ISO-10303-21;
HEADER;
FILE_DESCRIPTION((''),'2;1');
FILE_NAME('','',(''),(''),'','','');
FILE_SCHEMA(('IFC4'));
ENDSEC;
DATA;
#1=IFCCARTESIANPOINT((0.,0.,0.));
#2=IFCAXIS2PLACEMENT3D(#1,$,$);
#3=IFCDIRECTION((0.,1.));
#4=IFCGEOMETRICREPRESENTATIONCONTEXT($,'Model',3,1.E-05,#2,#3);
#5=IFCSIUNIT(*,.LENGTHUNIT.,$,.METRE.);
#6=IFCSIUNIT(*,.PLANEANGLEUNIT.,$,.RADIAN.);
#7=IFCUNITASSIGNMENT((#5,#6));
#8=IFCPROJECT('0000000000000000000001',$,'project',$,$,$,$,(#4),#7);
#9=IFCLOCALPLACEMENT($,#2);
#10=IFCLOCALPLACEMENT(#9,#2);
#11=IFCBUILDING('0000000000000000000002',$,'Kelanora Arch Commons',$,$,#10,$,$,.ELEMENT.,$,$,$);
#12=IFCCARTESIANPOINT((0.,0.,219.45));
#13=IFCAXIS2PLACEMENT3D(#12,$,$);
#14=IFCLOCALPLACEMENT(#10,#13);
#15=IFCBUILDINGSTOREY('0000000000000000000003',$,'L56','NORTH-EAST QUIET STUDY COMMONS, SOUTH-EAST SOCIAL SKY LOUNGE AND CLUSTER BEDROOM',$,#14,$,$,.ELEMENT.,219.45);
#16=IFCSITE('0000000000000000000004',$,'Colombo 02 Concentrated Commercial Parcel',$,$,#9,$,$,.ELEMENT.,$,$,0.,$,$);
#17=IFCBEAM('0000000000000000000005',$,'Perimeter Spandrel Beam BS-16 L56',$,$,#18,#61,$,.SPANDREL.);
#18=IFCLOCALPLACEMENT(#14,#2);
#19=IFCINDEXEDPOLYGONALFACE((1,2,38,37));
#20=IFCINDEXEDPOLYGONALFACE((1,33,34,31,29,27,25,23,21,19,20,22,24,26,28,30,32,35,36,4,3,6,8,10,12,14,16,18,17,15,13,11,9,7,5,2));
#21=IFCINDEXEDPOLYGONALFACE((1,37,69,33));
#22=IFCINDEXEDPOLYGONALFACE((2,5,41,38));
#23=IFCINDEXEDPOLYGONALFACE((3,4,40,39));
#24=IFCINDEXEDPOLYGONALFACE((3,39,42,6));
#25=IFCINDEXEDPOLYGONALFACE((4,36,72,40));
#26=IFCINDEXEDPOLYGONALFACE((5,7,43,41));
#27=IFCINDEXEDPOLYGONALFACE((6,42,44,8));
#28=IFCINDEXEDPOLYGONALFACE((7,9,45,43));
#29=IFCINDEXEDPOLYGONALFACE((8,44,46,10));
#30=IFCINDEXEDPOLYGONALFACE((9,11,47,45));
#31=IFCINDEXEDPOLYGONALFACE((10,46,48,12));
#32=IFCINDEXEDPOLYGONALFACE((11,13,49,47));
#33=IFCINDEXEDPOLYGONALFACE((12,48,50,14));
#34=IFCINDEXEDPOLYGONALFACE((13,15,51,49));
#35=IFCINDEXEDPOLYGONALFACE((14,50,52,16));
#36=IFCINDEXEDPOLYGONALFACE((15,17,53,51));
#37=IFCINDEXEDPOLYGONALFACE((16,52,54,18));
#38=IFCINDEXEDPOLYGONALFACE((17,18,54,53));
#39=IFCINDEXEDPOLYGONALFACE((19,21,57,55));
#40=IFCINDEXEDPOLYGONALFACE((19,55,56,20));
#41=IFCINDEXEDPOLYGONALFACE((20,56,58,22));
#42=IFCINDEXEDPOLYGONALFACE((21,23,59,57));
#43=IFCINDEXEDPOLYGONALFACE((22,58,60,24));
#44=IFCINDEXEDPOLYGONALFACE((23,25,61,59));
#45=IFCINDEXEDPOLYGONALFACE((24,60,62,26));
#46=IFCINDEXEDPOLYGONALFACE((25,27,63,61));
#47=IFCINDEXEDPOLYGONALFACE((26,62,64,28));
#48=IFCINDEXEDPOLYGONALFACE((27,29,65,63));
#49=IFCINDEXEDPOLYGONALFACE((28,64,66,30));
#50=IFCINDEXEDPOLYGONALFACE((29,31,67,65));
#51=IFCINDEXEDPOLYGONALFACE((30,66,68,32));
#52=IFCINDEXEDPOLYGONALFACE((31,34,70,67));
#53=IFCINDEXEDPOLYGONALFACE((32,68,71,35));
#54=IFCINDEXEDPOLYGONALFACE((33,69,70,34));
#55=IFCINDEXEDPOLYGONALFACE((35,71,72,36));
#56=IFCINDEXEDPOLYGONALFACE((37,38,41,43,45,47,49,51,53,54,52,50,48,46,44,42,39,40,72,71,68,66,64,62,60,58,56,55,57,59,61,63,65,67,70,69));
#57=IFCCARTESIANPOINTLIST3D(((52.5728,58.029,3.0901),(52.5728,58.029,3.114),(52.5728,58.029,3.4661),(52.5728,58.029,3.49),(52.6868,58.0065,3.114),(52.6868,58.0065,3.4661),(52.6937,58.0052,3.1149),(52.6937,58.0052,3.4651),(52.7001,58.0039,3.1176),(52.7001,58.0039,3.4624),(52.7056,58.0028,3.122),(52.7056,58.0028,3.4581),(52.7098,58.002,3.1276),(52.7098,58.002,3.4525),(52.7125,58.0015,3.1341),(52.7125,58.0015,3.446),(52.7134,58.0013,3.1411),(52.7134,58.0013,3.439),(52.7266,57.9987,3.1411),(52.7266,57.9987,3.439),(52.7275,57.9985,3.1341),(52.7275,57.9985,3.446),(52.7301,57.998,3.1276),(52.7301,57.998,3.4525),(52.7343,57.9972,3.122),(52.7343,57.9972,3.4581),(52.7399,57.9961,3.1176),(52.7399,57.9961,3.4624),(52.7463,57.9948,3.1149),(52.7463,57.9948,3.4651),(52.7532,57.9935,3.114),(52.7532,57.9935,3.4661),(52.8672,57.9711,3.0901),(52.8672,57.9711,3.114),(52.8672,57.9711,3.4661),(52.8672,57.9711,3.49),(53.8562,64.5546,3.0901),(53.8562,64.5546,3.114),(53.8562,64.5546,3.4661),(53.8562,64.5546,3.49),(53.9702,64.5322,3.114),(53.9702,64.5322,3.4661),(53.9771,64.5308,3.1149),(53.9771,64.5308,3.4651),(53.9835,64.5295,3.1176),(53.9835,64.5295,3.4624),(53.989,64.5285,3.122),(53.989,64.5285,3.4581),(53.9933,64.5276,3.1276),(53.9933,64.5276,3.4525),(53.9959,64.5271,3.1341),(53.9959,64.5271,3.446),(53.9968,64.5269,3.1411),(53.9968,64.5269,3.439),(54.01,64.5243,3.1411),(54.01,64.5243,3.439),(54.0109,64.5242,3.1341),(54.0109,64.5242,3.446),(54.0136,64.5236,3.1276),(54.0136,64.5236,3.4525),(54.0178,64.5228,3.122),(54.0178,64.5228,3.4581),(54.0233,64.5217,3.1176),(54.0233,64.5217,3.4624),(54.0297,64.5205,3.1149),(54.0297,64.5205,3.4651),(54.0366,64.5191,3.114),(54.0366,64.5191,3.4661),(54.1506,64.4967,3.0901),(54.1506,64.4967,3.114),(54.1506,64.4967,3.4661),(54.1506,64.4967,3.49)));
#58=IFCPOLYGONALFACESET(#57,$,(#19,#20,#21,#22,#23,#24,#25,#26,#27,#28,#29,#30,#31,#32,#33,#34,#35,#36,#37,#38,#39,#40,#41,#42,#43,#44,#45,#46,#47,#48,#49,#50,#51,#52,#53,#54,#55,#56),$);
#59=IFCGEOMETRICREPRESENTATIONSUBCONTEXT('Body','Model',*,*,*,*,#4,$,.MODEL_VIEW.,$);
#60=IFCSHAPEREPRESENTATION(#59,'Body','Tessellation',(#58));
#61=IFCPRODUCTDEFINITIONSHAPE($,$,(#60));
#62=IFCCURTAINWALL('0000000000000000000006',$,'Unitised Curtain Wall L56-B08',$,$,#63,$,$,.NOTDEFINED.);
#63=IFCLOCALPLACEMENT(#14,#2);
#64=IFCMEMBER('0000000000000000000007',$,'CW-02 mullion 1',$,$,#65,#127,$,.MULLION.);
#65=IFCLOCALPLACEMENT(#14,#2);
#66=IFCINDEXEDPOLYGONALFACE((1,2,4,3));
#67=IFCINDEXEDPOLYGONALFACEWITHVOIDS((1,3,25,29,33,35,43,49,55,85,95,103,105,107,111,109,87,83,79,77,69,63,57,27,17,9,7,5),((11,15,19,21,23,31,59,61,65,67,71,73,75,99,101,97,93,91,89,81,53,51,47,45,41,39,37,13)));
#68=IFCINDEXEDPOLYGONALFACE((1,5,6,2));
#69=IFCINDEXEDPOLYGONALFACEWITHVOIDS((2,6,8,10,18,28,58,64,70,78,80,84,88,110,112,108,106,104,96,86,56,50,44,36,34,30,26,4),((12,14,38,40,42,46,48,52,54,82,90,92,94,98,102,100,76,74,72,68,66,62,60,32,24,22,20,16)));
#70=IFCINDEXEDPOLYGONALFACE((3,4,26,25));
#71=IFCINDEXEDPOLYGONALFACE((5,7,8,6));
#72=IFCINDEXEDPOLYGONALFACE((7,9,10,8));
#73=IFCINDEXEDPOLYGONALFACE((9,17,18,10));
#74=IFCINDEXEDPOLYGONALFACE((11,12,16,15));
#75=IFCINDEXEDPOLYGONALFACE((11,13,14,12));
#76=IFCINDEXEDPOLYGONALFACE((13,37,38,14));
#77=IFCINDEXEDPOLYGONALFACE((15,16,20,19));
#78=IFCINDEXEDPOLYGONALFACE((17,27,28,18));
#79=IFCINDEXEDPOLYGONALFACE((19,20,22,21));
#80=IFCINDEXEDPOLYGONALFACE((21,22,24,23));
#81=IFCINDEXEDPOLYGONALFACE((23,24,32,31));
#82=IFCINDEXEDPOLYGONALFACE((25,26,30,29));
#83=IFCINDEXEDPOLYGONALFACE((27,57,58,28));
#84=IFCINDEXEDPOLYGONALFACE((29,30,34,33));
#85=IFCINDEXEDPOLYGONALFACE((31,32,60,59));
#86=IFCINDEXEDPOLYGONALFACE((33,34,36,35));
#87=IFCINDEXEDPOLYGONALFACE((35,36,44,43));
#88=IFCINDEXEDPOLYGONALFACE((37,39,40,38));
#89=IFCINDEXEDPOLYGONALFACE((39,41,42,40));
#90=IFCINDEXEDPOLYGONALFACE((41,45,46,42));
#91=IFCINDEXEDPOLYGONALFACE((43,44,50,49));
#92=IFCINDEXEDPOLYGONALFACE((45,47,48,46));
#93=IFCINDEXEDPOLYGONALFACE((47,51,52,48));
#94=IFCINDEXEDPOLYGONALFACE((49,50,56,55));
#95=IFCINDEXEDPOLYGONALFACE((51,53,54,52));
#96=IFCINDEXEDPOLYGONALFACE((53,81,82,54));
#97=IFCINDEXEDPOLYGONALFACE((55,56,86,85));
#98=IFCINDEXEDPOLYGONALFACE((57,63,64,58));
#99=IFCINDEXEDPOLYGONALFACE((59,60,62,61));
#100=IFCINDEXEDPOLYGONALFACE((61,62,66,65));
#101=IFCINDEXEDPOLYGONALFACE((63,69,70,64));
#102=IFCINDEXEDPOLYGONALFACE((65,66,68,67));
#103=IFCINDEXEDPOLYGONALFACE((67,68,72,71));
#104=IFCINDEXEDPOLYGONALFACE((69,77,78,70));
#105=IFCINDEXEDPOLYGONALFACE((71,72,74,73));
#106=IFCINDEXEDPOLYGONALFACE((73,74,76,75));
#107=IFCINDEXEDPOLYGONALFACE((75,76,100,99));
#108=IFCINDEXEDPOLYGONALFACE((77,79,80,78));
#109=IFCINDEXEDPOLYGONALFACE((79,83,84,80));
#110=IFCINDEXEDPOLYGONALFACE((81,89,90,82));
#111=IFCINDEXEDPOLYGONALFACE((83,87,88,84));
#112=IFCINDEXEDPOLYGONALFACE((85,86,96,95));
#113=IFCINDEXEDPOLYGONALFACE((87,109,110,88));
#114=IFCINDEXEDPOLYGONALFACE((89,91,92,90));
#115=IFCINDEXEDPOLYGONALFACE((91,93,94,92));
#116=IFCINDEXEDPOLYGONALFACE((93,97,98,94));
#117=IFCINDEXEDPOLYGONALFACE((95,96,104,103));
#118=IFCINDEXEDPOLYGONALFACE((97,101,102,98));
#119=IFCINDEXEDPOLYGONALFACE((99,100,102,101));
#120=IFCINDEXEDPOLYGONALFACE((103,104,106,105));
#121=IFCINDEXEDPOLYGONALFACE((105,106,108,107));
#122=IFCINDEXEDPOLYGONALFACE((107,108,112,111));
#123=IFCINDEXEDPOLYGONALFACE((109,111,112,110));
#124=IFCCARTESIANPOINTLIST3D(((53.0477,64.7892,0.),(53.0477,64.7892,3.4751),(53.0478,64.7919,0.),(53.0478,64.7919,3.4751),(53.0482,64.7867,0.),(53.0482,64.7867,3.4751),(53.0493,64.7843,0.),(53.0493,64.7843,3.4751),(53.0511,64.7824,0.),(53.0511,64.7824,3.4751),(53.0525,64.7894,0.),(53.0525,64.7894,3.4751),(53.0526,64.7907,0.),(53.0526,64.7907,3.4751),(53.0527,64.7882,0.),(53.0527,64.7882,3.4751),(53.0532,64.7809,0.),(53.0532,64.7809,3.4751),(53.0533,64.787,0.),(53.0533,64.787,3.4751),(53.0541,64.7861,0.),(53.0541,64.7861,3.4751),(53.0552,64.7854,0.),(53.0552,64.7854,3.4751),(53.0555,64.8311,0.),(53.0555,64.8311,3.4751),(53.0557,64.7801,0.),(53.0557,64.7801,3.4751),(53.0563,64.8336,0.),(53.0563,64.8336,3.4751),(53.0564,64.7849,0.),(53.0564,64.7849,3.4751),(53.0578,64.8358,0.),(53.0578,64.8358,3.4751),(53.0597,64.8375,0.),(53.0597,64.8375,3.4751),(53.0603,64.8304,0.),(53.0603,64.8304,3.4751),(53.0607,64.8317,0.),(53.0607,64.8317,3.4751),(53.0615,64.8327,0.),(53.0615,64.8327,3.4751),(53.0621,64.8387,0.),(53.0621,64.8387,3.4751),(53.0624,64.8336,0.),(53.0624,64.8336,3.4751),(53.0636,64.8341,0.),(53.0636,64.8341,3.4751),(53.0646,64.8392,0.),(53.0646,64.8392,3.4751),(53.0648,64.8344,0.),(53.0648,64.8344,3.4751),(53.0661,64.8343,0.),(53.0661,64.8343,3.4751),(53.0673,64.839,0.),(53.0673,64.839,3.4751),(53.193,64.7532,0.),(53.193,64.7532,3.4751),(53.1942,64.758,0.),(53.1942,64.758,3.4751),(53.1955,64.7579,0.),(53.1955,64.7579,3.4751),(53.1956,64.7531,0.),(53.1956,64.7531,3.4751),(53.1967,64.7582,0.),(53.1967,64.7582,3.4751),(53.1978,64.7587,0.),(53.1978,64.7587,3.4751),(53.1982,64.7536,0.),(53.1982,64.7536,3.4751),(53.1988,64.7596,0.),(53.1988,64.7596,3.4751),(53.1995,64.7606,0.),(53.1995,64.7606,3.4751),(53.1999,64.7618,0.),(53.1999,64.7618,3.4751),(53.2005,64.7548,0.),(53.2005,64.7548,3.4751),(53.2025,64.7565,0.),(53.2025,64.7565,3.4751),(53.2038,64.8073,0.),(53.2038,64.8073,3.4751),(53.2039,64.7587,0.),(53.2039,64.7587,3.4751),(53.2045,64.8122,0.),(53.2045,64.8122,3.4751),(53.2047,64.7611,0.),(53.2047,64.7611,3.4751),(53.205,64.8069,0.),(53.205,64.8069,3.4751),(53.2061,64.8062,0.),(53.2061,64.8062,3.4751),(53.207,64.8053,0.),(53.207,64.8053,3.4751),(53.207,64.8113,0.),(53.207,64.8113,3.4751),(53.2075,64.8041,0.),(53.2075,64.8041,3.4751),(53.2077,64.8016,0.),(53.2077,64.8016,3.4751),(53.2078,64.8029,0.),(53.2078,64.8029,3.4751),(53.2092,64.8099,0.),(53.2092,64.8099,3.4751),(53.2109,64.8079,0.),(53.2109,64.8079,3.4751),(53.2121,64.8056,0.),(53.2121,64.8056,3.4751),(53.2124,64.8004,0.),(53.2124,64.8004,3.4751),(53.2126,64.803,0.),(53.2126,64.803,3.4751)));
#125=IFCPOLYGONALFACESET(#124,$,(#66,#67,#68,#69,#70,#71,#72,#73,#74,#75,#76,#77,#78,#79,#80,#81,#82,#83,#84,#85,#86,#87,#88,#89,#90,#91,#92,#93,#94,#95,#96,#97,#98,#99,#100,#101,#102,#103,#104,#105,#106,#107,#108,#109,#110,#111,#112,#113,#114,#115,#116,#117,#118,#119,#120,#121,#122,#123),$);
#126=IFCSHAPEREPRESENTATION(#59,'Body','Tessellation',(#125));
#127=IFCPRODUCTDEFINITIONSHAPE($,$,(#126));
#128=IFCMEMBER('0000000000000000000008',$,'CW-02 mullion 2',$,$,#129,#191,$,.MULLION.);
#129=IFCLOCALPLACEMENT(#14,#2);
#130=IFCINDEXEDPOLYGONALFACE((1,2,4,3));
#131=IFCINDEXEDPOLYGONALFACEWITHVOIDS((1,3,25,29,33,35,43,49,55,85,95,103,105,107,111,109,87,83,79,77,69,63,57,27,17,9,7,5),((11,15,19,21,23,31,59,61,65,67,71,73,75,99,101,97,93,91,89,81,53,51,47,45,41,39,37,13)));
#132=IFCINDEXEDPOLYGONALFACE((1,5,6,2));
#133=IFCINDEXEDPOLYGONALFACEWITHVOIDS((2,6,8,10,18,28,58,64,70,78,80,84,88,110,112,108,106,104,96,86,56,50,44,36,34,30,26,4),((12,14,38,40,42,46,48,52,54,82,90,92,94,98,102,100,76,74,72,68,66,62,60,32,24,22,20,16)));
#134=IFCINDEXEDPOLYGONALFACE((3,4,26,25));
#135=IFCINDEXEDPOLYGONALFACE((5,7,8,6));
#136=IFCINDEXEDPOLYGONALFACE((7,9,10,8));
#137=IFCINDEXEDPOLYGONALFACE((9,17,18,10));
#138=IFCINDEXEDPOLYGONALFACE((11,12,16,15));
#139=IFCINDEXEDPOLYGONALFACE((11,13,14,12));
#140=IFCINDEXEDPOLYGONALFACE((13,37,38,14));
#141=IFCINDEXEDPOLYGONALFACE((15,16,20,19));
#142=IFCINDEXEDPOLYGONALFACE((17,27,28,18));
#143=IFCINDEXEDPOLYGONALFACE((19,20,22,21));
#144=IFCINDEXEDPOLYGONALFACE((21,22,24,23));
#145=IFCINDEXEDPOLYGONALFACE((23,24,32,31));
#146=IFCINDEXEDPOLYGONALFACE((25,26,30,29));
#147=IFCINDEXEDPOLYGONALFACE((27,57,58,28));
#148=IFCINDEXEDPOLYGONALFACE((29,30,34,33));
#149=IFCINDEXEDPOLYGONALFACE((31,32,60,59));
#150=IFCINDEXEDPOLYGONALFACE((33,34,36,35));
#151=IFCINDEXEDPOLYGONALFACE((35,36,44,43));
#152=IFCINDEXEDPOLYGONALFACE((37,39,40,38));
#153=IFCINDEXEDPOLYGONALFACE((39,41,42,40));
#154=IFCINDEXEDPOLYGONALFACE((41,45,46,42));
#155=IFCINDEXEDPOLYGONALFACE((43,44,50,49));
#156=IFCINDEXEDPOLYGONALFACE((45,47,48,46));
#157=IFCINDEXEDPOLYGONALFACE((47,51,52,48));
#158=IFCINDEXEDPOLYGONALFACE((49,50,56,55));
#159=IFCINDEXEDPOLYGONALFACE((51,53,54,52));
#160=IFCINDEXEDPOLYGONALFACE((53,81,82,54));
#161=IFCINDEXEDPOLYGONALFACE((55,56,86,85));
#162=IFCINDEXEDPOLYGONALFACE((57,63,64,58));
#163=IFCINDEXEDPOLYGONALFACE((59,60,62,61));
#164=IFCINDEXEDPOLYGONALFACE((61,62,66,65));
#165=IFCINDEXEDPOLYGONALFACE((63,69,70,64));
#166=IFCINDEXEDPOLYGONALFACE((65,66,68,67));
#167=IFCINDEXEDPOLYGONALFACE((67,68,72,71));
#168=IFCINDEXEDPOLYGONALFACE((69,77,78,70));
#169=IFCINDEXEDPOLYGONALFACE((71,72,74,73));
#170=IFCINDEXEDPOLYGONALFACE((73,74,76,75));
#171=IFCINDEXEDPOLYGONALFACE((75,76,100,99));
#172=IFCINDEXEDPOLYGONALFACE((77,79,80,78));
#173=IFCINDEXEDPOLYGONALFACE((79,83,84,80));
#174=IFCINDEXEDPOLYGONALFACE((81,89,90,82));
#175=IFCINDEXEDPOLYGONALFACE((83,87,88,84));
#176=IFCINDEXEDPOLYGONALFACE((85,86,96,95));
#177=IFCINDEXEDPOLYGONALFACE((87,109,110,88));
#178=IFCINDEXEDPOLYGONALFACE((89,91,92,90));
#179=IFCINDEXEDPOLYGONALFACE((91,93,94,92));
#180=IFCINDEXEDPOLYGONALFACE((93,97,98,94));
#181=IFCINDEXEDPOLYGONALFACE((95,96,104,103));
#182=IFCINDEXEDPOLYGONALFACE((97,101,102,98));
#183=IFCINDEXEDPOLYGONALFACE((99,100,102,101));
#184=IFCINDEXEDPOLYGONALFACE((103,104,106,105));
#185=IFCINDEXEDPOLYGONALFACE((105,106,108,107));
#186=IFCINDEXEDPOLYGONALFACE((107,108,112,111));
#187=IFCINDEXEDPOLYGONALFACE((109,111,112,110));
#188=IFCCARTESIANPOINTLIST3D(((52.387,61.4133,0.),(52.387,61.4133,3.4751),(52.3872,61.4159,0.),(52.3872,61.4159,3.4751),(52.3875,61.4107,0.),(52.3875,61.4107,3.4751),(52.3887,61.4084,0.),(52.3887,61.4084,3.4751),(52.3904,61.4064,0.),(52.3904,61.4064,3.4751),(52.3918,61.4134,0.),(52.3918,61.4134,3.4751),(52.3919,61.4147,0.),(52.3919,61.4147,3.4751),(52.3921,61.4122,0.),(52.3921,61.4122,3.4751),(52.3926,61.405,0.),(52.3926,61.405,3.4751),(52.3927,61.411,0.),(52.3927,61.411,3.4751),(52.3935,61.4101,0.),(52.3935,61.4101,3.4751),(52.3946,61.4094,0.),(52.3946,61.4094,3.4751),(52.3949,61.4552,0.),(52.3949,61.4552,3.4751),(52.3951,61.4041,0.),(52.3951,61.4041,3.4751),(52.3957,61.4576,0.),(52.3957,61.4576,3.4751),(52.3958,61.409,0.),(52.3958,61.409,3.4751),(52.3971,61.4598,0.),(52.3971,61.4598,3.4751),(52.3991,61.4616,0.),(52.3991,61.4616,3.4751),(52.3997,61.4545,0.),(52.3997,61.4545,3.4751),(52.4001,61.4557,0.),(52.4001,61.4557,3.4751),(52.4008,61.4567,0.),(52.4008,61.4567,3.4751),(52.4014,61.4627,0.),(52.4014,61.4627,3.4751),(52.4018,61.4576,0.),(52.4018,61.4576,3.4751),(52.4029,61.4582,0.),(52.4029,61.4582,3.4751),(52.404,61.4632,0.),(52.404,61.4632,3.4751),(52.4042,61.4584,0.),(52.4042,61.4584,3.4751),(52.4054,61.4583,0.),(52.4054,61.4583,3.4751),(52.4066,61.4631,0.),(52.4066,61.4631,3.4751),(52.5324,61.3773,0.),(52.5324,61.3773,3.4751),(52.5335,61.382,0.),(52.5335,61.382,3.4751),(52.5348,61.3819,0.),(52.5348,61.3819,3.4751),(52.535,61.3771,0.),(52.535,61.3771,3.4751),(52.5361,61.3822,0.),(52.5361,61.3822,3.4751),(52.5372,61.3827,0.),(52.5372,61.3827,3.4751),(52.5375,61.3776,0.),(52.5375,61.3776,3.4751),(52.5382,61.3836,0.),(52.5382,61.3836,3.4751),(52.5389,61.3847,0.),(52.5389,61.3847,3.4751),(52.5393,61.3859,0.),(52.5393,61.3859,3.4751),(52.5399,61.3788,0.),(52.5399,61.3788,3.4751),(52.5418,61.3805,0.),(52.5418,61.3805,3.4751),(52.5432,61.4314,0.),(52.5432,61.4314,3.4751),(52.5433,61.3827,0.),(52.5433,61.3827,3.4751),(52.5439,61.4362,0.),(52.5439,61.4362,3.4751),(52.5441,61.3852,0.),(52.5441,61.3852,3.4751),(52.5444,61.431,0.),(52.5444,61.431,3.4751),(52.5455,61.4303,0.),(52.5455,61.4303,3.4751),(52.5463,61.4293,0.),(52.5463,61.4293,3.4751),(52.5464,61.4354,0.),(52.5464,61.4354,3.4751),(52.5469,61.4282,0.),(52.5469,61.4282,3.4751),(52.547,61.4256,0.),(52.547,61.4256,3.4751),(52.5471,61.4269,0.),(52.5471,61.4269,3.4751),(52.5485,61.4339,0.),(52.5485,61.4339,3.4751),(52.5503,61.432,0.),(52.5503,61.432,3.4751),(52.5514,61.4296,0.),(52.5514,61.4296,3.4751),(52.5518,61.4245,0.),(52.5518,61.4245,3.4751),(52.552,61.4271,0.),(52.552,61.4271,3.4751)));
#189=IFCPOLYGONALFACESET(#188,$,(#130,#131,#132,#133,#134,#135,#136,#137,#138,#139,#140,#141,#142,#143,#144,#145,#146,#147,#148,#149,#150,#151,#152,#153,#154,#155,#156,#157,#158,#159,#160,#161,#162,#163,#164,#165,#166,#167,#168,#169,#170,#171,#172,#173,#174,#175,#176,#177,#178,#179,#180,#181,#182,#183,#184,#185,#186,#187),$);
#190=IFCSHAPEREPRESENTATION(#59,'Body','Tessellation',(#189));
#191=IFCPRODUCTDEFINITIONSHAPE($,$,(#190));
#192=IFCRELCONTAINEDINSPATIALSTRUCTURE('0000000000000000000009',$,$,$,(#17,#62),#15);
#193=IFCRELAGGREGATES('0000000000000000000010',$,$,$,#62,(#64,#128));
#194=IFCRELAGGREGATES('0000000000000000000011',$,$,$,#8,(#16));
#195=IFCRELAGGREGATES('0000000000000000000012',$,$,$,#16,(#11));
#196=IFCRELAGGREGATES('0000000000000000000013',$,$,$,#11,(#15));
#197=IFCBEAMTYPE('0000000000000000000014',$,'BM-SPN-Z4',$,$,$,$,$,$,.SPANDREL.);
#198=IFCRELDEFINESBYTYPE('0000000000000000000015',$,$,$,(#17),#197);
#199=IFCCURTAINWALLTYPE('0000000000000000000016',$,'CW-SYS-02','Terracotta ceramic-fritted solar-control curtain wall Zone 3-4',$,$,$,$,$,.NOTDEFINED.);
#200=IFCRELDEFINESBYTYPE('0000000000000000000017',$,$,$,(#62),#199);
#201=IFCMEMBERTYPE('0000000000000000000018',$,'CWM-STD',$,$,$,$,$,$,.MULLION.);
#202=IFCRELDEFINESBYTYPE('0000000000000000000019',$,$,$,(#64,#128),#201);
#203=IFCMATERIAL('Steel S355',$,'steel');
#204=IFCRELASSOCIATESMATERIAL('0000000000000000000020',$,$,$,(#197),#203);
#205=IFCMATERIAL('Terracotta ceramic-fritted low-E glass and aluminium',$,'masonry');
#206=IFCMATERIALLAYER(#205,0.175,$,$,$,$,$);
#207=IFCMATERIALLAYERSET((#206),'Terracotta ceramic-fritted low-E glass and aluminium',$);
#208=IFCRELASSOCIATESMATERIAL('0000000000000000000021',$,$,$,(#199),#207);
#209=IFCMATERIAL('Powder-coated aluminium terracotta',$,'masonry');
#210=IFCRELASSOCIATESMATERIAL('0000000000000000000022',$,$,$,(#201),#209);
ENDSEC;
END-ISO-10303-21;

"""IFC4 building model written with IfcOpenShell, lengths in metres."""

from ifc_helpers import new_model, si_unit, direction, frame, origin, origin_2d, place, context, subcontext, project, spatial, hollow_rectangle, i_section, extrude, material, layer, layer_set, material_profile, profile_set, type_object, element, aggregate, save


model = new_model("IFC4")

# Units and contexts
model_context = context("Model", 3, precision=1e-05, world=origin(), true_north=direction((0.0, 1.0)))
body_context = subcontext(model_context, "Body", "Model", "MODEL_VIEW")
ifc_project = project(units=[si_unit("LENGTHUNIT", "METRE"), si_unit("PLANEANGLEUNIT", "RADIAN")], contexts=[model_context])

# Site, building, storey
site_placement = place(None, origin())
site = spatial("IfcSite", under=ifc_project, at=site_placement, Name="Colombo 02 Concentrated Commercial Parcel", CompositionType="ELEMENT", RefElevation=0.0)
building_placement = place(site_placement, origin())
building = spatial("IfcBuilding", under=site, at=building_placement, Name="Kelanora Arch Commons", CompositionType="ELEMENT")
storey_placement = place(building_placement, frame((0.0, 0.0, 219.45)))
storey = spatial("IfcBuildingStorey", under=building, at=storey_placement, Name="L56", Description="NORTH-EAST QUIET STUDY COMMONS, SOUTH-EAST SOCIAL SKY LOUNGE AND CLUSTER BEDROOM", CompositionType="ELEMENT", Elevation=219.45)

# Beam
ifc_material_1 = material(Name="Steel S355", Category="steel")
ifc_material_profile_1 = material_profile(ifc_material_1, i_section(OverallWidth=0.3, OverallDepth=0.3999, WebThickness=0.0134, FlangeThickness=0.0239, FilletRadius=0.0271, at=origin_2d()), Name="HEB400")
ifc_profile_set_1 = profile_set([ifc_material_profile_1], Name="Steel S355")
beam_type_1 = type_object("IfcBeamType", Name="BM-SPN-Z4", PredefinedType="SPANDREL", material=ifc_profile_set_1)
beam_1_placement = place(storey_placement, frame((54.0034, 64.5256, 3.29), z_axis=(-0.192981, -0.981203, 0.0), x_axis=(0.981203, -0.192981, 0.0)))
element("IfcBeam", 1, at=beam_1_placement, inside=storey, type_object=beam_type_1, Name="Perimeter Spandrel Beam BS-16 L56", PredefinedType="SPANDREL", context=body_context, shape_type="SweptSolid", body=[
    extrude(i_section(OverallWidth=0.3, OverallDepth=0.3999, WebThickness=0.0134, FlangeThickness=0.0239, FilletRadius=0.0271, at=origin_2d()), origin(), (0.0, 0.0, 1.0), 6.6506),
])

# Curtain wall, members
ifc_material_2 = material(Name="Terracotta ceramic-fritted low-E glass and aluminium", Category="masonry")
ifc_layer_1 = layer(ifc_material_2, 0.175)
ifc_layer_set_1 = layer_set([ifc_layer_1], Name="Terracotta ceramic-fritted low-E glass and aluminium")
curtain_wall_type = type_object("IfcCurtainWallType", Name="CW-SYS-02", Description="Terracotta ceramic-fritted solar-control curtain wall Zone 3-4", PredefinedType="NOTDEFINED", material=ifc_layer_set_1)
curtain_wall_placement = place(storey_placement, origin())
curtain_wall = element("IfcCurtainWall", 2, at=curtain_wall_placement, inside=storey, type_object=curtain_wall_type, Name="Unitised Curtain Wall L56-B08", PredefinedType="NOTDEFINED")
ifc_material_3 = material(Name="Powder-coated aluminium terracotta", Category="masonry")
ifc_material_profile_2 = material_profile(ifc_material_3, hollow_rectangle(XDim=0.1599, YDim=0.0601, WallThickness=0.0049, InnerFilletRadius=0.0049, OuterFilletRadius=0.01, at=origin_2d()), Name="CWM160x60")
ifc_profile_set_2 = profile_set([ifc_material_profile_2], Name="Powder-coated aluminium terracotta")
member_type_1 = type_object("IfcMemberType", Name="CWM-STD", PredefinedType="MULLION", material=ifc_profile_set_2)
member_1_placement = place(storey_placement, frame((53.1301, 64.7961, 0.0), z_axis=(0.0, 0.0, 1.0), x_axis=(0.981381, -0.192069, 0.0)))
member_1 = element("IfcMember", 3, at=member_1_placement, type_object=member_type_1, Name="CW-02 mullion 1", PredefinedType="MULLION", context=body_context, shape_type="SweptSolid", body=[
    extrude(hollow_rectangle(XDim=0.1599, YDim=0.0601, WallThickness=0.0049, InnerFilletRadius=0.0049, OuterFilletRadius=0.01, at=origin_2d()), origin(), (0.0, 0.0, 1.0), 3.4751),
])
member_2_placement = place(storey_placement, frame((52.4695, 61.4202, 0.0), z_axis=(0.0, 0.0, 1.0), x_axis=(0.981381, -0.192069, 0.0)))
member_2 = element("IfcMember", 4, at=member_2_placement, type_object=member_type_1, Name="CW-02 mullion 2", PredefinedType="MULLION", context=body_context, shape_type="SweptSolid", body=[
    extrude(hollow_rectangle(XDim=0.1599, YDim=0.0601, WallThickness=0.0049, InnerFilletRadius=0.0049, OuterFilletRadius=0.01, at=origin_2d()), origin(), (0.0, 0.0, 1.0), 3.4751),
])
aggregate(curtain_wall, [member_1, member_2])

save(model, "model.ifc")
